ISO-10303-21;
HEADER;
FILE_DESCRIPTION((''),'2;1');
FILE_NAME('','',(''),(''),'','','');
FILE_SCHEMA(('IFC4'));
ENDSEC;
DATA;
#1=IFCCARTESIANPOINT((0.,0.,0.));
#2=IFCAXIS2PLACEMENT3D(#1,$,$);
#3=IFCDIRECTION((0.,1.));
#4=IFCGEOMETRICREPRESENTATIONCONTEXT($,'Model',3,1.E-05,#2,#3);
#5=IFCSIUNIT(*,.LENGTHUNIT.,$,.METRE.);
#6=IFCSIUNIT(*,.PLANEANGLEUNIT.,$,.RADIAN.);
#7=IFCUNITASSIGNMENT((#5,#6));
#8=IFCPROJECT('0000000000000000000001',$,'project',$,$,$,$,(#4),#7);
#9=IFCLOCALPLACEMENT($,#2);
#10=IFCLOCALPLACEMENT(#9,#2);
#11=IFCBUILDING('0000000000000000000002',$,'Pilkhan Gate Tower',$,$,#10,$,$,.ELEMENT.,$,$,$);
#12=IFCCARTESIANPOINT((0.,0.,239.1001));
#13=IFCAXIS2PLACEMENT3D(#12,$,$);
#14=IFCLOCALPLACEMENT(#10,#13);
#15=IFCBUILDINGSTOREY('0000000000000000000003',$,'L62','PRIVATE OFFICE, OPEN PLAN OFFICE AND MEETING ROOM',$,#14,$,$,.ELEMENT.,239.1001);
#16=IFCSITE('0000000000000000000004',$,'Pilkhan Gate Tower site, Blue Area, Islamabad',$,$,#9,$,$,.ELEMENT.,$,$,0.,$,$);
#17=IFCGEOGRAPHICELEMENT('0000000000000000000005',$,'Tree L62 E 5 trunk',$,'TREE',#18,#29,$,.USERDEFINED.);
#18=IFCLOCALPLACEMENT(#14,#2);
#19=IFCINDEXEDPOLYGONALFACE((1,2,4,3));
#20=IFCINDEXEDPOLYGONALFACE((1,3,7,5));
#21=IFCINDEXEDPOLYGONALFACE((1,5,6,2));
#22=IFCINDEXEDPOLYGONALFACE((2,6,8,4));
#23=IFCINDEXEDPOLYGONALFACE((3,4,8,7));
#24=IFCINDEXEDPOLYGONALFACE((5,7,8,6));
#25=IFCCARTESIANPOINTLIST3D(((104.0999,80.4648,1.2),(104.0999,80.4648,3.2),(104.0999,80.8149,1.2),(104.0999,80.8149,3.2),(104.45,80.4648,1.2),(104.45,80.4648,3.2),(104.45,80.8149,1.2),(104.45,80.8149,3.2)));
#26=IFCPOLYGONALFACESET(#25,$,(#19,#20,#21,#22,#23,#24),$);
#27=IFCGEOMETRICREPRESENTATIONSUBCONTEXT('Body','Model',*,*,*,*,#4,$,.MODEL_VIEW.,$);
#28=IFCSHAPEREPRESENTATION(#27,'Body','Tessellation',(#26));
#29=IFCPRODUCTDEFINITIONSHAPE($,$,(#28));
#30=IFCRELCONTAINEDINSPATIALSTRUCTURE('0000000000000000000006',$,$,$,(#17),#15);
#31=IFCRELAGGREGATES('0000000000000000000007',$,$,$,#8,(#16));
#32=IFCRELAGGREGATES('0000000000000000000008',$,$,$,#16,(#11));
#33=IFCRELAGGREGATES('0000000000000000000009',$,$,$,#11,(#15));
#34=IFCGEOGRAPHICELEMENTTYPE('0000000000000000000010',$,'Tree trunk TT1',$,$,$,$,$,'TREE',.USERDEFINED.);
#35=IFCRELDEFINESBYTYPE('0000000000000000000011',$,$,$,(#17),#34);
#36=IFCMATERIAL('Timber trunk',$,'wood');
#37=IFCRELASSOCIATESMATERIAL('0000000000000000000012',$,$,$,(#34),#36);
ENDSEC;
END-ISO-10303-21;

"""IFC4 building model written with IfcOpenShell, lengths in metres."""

from ifc_helpers import new_model, si_unit, direction, frame, origin, origin_2d, place, context, subcontext, project, spatial, rectangle, extrude, material, type_object, element, save


model = new_model("IFC4")

# Units and contexts
model_context = context("Model", 3, precision=1e-05, world=origin(), true_north=direction((0.0, 1.0)))
body_context = subcontext(model_context, "Body", "Model", "MODEL_VIEW")
ifc_project = project(units=[si_unit("LENGTHUNIT", "METRE"), si_unit("PLANEANGLEUNIT", "RADIAN")], contexts=[model_context])

# Site, building, storey
site_placement = place(None, origin())
site = spatial("IfcSite", under=ifc_project, at=site_placement, Name="Pilkhan Gate Tower site, Blue Area, Islamabad", CompositionType="ELEMENT", RefElevation=0.0)
building_placement = place(site_placement, origin())
building = spatial("IfcBuilding", under=site, at=building_placement, Name="Pilkhan Gate Tower", CompositionType="ELEMENT")
storey_placement = place(building_placement, frame((0.0, 0.0, 239.1001)))
storey = spatial("IfcBuildingStorey", under=building, at=storey_placement, Name="L62", Description="PRIVATE OFFICE, OPEN PLAN OFFICE AND MEETING ROOM", CompositionType="ELEMENT", Elevation=239.1001)

# Geographic element
ifc_material_1 = material(Name="Timber trunk", Category="wood")
geographic_element_type_1 = type_object("IfcGeographicElementType", Name="Tree trunk TT1", ElementType="TREE", PredefinedType="USERDEFINED", material=ifc_material_1)
for number, where, z_axis, x_axis, name in (
    (1, (104.2749, 80.6399, 1.2), (0.0, 0.0, 1.0), (1.0, 0.0, 0.0), "Tree L62 E 5 trunk"),
):
    element("IfcGeographicElement", number, at=place(storey_placement, frame(where, z_axis=z_axis, x_axis=x_axis)), inside=storey, type_object=geographic_element_type_1, Name=name, ObjectType="TREE", PredefinedType="USERDEFINED", context=body_context, shape_type="SweptSolid", body=[
        extrude(rectangle(XDim=0.3501, YDim=0.3501, at=origin_2d()), origin(), (0.0, 0.0, 1.0), 2.0),
    ])

save(model, "model.ifc")
